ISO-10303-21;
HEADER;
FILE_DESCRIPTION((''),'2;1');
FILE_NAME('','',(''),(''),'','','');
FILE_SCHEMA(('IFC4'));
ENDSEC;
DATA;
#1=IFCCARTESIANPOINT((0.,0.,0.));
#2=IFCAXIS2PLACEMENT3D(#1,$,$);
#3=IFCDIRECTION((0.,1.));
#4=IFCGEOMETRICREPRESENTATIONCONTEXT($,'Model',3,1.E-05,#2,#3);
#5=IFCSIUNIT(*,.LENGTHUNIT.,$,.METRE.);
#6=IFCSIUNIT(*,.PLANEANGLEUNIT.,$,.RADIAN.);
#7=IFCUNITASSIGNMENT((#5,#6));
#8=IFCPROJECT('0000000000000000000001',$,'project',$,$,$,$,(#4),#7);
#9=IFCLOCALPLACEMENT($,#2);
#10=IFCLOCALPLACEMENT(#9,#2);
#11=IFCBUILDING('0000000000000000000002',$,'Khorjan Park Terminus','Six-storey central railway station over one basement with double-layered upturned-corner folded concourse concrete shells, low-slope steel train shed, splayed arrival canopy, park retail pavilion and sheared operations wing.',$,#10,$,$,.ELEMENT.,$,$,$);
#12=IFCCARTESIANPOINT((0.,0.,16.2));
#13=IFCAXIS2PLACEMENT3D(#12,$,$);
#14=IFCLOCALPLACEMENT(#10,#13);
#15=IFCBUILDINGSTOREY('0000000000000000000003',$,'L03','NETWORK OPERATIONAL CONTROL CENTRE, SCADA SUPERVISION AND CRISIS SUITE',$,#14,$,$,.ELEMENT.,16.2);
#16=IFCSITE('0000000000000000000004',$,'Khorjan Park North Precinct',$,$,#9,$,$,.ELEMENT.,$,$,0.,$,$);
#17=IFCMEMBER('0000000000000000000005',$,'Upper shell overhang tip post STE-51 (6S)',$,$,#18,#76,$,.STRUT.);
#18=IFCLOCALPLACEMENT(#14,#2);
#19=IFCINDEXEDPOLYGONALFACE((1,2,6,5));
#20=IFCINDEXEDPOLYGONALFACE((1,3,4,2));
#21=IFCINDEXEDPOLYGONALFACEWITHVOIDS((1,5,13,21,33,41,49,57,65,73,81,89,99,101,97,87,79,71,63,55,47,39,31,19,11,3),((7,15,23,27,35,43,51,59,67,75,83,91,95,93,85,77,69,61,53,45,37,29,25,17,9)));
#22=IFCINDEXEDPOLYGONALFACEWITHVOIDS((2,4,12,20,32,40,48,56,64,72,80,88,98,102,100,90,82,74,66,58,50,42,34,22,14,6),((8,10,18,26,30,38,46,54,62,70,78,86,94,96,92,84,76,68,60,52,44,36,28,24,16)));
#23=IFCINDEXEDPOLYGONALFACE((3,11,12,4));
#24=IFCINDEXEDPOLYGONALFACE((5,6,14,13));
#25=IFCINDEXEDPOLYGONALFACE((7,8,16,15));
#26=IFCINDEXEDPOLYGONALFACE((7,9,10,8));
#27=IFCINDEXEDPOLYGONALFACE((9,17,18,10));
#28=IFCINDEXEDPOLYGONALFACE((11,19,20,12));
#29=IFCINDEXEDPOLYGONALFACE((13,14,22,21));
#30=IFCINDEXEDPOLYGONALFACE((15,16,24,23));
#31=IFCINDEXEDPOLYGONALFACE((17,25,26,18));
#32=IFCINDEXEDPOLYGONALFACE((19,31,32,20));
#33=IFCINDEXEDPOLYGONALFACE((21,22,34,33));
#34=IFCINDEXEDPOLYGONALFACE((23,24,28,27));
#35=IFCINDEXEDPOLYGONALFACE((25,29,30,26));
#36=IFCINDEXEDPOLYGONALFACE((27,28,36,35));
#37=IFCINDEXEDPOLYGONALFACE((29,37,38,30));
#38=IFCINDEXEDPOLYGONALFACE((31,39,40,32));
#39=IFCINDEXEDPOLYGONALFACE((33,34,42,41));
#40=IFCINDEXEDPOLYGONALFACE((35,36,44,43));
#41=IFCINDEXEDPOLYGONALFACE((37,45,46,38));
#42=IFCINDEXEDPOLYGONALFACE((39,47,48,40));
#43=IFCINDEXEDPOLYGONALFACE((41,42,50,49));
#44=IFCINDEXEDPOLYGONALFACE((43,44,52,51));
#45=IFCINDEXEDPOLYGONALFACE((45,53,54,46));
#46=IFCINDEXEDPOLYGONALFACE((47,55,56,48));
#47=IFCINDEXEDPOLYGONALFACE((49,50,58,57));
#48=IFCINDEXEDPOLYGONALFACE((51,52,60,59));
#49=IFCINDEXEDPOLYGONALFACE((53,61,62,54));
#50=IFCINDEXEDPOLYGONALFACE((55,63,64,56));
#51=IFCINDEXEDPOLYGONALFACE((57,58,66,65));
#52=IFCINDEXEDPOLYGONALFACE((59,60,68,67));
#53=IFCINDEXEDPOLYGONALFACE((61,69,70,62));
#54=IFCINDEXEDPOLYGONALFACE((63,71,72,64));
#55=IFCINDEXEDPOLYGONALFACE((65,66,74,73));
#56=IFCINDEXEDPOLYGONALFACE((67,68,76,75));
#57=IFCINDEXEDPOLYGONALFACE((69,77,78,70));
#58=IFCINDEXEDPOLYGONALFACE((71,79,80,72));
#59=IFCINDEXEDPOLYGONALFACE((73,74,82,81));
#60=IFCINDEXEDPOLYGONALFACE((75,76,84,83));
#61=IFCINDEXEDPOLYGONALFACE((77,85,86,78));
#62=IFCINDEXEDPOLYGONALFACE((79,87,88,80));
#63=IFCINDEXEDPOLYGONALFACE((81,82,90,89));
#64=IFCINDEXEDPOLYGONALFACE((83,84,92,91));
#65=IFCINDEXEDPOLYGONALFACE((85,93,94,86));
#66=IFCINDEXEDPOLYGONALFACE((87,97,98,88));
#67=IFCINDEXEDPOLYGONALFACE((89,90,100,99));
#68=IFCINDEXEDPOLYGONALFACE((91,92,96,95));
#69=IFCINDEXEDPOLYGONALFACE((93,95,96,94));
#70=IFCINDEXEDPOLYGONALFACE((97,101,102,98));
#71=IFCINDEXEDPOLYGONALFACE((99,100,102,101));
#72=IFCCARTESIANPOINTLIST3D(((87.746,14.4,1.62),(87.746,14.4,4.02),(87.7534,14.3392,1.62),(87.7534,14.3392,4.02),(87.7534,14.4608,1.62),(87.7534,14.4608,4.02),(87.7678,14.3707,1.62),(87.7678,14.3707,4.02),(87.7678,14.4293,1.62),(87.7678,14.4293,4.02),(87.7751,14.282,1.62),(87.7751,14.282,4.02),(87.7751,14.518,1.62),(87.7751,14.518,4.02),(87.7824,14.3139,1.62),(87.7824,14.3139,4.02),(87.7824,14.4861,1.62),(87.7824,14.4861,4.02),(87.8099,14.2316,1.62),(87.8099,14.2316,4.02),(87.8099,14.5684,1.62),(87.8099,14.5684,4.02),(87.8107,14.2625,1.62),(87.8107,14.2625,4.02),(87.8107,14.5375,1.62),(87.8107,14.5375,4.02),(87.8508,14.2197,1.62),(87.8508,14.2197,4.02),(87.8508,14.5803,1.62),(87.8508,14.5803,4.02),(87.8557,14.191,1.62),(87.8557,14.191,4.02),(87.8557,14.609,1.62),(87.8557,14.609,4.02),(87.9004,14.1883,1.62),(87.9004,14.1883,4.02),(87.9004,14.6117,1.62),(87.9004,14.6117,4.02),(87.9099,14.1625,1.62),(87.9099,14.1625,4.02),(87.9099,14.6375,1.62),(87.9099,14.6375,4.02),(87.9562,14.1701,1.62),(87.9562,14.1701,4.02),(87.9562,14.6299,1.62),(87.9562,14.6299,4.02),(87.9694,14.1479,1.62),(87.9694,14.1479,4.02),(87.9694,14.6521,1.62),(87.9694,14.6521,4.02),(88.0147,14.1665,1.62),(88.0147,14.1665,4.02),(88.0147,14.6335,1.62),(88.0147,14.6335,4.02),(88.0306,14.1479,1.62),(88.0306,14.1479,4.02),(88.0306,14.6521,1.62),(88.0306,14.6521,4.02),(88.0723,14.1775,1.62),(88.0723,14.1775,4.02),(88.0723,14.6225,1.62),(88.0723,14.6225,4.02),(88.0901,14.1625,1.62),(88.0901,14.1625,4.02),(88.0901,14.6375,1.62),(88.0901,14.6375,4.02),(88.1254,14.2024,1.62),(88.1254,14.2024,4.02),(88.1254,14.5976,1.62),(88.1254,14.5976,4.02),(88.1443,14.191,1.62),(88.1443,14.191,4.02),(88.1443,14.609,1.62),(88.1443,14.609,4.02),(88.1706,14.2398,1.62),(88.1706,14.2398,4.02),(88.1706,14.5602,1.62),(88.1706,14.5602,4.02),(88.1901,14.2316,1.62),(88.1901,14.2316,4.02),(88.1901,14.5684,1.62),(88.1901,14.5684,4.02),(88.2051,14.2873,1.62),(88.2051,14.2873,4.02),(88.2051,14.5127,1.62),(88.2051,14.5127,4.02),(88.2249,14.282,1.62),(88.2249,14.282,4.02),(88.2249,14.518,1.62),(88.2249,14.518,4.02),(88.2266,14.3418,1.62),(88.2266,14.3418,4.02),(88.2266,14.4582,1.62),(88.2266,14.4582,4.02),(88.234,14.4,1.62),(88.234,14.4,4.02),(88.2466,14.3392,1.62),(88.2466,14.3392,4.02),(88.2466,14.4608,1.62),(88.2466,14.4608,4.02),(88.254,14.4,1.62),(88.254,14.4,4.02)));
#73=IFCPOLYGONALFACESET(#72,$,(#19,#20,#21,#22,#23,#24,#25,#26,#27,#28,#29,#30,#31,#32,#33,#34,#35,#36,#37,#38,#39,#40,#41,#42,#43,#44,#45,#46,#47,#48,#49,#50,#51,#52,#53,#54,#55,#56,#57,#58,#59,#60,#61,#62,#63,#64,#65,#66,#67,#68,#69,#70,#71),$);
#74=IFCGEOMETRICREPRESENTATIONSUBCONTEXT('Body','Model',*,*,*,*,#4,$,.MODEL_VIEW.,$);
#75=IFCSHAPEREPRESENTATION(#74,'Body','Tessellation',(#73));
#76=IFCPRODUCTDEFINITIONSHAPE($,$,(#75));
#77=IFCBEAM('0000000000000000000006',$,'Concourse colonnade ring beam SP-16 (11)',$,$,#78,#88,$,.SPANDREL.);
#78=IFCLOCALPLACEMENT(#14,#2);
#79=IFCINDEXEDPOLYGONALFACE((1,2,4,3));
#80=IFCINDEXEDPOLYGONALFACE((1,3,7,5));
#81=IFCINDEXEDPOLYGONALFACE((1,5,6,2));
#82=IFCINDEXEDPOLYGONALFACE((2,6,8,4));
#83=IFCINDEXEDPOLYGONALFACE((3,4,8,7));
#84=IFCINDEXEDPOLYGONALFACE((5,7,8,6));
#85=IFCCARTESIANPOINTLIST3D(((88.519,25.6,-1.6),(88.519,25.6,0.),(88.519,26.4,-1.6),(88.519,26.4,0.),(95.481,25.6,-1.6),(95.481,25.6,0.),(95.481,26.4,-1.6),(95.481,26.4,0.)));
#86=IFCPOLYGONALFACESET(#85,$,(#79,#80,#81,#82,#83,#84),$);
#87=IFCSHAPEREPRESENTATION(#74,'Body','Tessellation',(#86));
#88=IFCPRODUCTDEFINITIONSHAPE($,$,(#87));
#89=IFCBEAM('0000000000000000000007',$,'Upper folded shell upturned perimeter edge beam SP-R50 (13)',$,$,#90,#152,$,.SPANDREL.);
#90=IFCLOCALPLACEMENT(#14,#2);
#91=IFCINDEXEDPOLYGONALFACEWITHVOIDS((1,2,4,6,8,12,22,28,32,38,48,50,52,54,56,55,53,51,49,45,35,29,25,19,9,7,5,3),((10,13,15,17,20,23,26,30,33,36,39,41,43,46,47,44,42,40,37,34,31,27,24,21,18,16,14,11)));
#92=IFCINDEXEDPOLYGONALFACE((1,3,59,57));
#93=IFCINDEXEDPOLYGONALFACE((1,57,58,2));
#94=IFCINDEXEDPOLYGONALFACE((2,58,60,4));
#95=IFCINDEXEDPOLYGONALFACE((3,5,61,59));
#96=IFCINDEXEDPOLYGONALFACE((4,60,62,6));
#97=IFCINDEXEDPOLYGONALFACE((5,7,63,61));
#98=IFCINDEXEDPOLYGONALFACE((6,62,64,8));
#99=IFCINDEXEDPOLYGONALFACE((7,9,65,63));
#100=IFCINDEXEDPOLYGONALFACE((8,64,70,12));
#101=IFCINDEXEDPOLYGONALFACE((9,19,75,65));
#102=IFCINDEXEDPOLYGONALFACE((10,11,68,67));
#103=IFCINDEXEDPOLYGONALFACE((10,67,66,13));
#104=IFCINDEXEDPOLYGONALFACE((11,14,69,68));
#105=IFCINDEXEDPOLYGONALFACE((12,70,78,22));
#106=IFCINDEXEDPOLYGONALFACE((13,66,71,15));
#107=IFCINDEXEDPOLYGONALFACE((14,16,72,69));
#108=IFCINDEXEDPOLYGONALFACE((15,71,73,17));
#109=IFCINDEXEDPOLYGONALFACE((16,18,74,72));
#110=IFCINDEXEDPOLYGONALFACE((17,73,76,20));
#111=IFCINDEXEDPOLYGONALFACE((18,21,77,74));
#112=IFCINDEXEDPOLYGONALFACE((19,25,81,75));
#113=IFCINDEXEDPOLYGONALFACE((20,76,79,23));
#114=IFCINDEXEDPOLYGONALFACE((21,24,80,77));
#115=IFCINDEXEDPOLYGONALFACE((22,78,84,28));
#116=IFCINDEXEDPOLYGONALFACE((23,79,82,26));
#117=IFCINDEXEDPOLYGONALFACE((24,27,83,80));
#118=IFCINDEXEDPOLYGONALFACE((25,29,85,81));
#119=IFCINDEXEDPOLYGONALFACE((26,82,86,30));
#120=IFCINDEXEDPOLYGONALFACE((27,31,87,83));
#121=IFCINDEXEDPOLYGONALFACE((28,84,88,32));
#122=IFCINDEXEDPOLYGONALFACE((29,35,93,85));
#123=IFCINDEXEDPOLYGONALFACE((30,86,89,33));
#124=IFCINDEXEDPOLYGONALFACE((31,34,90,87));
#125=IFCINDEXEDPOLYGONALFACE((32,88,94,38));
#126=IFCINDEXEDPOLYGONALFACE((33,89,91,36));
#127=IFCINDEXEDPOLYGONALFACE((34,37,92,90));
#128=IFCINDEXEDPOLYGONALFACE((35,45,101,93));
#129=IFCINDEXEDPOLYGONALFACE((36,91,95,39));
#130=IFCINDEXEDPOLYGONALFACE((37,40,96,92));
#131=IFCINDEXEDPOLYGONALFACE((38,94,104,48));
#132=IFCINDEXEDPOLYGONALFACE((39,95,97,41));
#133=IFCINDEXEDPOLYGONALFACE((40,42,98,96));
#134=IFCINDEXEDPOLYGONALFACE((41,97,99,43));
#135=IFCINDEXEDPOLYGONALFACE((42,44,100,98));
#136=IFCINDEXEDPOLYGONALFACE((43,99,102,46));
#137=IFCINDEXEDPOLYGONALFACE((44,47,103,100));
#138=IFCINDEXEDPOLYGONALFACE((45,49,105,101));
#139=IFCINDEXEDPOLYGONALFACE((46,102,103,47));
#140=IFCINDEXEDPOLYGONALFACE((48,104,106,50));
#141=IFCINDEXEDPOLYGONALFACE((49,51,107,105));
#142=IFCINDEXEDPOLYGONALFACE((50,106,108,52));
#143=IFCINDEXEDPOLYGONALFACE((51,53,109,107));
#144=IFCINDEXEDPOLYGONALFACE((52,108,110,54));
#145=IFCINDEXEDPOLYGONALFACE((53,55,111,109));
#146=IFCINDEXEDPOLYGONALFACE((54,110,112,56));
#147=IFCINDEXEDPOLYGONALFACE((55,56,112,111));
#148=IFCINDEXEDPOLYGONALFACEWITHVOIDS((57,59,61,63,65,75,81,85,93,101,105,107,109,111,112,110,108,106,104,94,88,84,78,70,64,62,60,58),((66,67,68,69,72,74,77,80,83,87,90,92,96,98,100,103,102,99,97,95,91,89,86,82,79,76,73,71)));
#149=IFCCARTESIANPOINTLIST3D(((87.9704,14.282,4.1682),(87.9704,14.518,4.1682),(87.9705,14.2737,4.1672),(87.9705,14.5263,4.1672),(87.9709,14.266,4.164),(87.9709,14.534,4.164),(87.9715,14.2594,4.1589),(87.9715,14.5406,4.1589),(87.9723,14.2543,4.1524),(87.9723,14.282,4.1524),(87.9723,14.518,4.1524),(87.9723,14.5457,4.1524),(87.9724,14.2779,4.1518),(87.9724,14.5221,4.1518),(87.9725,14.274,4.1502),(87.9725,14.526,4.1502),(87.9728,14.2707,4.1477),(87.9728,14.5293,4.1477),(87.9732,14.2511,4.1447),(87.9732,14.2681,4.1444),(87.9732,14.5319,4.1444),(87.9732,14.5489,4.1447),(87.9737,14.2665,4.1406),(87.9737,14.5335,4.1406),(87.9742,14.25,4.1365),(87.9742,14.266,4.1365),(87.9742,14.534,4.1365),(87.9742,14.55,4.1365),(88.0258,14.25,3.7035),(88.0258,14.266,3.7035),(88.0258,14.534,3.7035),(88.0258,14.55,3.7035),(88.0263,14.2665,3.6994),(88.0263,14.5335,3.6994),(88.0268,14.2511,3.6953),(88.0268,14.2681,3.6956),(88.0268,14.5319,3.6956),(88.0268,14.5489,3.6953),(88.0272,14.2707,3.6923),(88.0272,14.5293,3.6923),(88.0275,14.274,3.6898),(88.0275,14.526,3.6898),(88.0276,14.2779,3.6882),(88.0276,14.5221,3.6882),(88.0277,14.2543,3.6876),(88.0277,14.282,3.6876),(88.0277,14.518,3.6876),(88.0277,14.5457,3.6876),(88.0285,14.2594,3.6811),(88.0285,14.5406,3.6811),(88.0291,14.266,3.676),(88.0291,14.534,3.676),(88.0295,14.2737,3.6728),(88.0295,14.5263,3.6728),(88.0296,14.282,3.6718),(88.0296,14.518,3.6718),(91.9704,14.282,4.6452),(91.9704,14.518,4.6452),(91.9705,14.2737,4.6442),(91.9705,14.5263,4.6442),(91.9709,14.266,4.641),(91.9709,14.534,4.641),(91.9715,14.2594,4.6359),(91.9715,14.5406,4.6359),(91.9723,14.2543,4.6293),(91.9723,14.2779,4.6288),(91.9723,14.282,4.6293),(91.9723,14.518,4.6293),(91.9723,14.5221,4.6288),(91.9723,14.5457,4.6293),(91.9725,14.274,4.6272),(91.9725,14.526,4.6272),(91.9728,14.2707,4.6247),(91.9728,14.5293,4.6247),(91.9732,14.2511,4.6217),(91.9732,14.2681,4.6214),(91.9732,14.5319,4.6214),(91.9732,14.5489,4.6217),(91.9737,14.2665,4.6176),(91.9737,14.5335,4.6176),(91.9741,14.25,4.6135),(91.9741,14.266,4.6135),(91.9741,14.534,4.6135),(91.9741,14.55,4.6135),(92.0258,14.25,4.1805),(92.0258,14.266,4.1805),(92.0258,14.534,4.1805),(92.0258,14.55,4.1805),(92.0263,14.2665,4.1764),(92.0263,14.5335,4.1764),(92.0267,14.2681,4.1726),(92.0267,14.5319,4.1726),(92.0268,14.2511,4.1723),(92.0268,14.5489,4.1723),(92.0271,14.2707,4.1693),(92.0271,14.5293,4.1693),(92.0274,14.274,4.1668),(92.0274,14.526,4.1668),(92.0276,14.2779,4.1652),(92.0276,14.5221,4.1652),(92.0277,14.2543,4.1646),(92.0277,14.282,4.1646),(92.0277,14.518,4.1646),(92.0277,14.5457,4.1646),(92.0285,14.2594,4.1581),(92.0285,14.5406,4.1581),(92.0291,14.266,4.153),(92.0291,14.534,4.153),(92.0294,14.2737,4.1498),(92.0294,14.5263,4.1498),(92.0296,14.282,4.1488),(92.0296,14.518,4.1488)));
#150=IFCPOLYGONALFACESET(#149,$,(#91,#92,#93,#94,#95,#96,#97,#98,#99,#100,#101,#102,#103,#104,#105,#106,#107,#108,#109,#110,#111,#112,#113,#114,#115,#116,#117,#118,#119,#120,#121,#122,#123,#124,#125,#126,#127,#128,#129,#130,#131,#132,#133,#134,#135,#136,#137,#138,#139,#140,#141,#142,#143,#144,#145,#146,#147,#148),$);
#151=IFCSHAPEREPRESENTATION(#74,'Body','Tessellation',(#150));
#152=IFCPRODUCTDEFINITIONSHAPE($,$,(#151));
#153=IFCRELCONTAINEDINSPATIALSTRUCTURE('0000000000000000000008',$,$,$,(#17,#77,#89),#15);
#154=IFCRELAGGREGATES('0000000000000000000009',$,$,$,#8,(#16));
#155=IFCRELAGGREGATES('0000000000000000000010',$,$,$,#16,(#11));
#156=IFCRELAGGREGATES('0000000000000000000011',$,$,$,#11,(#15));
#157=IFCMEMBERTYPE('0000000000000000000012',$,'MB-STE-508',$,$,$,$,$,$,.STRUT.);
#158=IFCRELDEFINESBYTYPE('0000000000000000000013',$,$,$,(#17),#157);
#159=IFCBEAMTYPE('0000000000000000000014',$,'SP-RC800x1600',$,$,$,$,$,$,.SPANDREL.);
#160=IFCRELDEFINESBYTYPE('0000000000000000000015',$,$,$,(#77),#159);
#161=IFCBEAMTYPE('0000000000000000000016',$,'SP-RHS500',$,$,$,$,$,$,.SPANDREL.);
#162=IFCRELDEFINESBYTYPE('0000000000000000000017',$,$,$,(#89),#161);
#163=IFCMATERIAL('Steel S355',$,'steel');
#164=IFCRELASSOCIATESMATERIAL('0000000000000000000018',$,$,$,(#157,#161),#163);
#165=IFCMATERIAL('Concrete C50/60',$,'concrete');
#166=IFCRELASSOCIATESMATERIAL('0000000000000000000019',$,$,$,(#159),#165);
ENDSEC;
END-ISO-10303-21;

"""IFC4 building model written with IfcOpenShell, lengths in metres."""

from ifc_helpers import new_model, si_unit, direction, frame, origin, origin_2d, place, context, subcontext, project, spatial, rectangle, hollow_rectangle, hollow_circle, extrude, material, material_profile, profile_set, type_object, element, save


model = new_model("IFC4")

# Units and contexts
model_context = context("Model", 3, precision=1e-05, world=origin(), true_north=direction((0.0, 1.0)))
body_context = subcontext(model_context, "Body", "Model", "MODEL_VIEW")
ifc_project = project(units=[si_unit("LENGTHUNIT", "METRE"), si_unit("PLANEANGLEUNIT", "RADIAN")], contexts=[model_context])

# Site, building, storey
site_placement = place(None, origin())
site = spatial("IfcSite", under=ifc_project, at=site_placement, Name="Khorjan Park North Precinct", CompositionType="ELEMENT", RefElevation=0.0)
building_placement = place(site_placement, origin())
building = spatial("IfcBuilding", under=site, at=building_placement, Name="Khorjan Park Terminus", Description="Six-storey central railway station over one basement with double-layered upturned-corner folded concourse concrete shells, low-slope steel train shed, splayed arrival canopy, park retail pavilion and sheared operations wing.", CompositionType="ELEMENT")
storey_placement = place(building_placement, frame((0.0, 0.0, 16.2)))
storey = spatial("IfcBuildingStorey", under=building, at=storey_placement, Name="L03", Description="NETWORK OPERATIONAL CONTROL CENTRE, SCADA SUPERVISION AND CRISIS SUITE", CompositionType="ELEMENT", Elevation=16.2)

# Shared definitions
ifc_material_1 = material(Name="Concrete C50/60", Category="concrete")

# Member
ifc_material_2 = material(Name="Steel S355", Category="steel")
ifc_material_profile_1 = material_profile(ifc_material_2, hollow_circle(Radius=0.254, WallThickness=0.02, at=origin_2d()), Name="CHS 508x20")
ifc_profile_set_1 = profile_set([ifc_material_profile_1], Name="Steel S355")
member_type_1 = type_object("IfcMemberType", Name="MB-STE-508", PredefinedType="STRUT", material=ifc_profile_set_1)
member_1_placement = place(storey_placement, frame((88.0, 14.4, 1.62), z_axis=(0.0, 0.0, 1.0), x_axis=(1.0, 0.0, 0.0)))
element("IfcMember", 1, at=member_1_placement, inside=storey, type_object=member_type_1, Name="Upper shell overhang tip post STE-51 (6S)", PredefinedType="STRUT", context=body_context, shape_type="SweptSolid", body=[
    extrude(hollow_circle(Radius=0.254, WallThickness=0.02, at=origin_2d()), origin(), (0.0, 0.0, 1.0), 2.4),
])

# Beams
ifc_material_profile_2 = material_profile(ifc_material_1, rectangle(XDim=0.8, YDim=1.6, at=origin_2d()), Name="RC 800x1600")
ifc_profile_set_2 = profile_set([ifc_material_profile_2], Name="Concrete C50/60")
beam_type_1 = type_object("IfcBeamType", Name="SP-RC800x1600", PredefinedType="SPANDREL", material=ifc_profile_set_2)
beam_placement = place(storey_placement, frame((88.519, 26.0, -0.8), z_axis=(1.0, 0.0, 0.0), x_axis=(0.0, 1.0, 0.0)))
element("IfcBeam", 2, at=beam_placement, inside=storey, type_object=beam_type_1, Name="Concourse colonnade ring beam SP-16 (11)", PredefinedType="SPANDREL", context=body_context, shape_type="SweptSolid", body=[
    extrude(rectangle(XDim=0.8, YDim=1.6, at=origin_2d()), origin(), (0.0, 0.0, 1.0), 6.962),
])
ifc_material_profile_3 = material_profile(ifc_material_2, hollow_rectangle(XDim=0.3, YDim=0.5, WallThickness=0.016, InnerFilletRadius=0.016, OuterFilletRadius=0.032, at=origin_2d()), Name="RHS 500x300x16")
ifc_profile_set_3 = profile_set([ifc_material_profile_3], Name="Steel S355")
beam_type_2 = type_object("IfcBeamType", Name="SP-RHS500", PredefinedType="SPANDREL", material=ifc_profile_set_3)
for number, where, z_axis, x_axis, name in (
    (3, (88.0, 14.4, 3.92), (0.992965, 0.0, 0.118411), (0.0, 1.0, 0.0), "Upper folded shell upturned perimeter edge beam SP-R50 (13)"),
):
    element("IfcBeam", number, at=place(storey_placement, frame(where, z_axis=z_axis, x_axis=x_axis)), inside=storey, type_object=beam_type_2, Name=name, PredefinedType="SPANDREL", context=body_context, shape_type="SweptSolid", body=[
        extrude(hollow_rectangle(XDim=0.3, YDim=0.5, WallThickness=0.016, InnerFilletRadius=0.016, OuterFilletRadius=0.032, at=origin_2d()), origin(), (0.0, 0.0, 1.0), 4.0283),
    ])

save(model, "model.ifc")
